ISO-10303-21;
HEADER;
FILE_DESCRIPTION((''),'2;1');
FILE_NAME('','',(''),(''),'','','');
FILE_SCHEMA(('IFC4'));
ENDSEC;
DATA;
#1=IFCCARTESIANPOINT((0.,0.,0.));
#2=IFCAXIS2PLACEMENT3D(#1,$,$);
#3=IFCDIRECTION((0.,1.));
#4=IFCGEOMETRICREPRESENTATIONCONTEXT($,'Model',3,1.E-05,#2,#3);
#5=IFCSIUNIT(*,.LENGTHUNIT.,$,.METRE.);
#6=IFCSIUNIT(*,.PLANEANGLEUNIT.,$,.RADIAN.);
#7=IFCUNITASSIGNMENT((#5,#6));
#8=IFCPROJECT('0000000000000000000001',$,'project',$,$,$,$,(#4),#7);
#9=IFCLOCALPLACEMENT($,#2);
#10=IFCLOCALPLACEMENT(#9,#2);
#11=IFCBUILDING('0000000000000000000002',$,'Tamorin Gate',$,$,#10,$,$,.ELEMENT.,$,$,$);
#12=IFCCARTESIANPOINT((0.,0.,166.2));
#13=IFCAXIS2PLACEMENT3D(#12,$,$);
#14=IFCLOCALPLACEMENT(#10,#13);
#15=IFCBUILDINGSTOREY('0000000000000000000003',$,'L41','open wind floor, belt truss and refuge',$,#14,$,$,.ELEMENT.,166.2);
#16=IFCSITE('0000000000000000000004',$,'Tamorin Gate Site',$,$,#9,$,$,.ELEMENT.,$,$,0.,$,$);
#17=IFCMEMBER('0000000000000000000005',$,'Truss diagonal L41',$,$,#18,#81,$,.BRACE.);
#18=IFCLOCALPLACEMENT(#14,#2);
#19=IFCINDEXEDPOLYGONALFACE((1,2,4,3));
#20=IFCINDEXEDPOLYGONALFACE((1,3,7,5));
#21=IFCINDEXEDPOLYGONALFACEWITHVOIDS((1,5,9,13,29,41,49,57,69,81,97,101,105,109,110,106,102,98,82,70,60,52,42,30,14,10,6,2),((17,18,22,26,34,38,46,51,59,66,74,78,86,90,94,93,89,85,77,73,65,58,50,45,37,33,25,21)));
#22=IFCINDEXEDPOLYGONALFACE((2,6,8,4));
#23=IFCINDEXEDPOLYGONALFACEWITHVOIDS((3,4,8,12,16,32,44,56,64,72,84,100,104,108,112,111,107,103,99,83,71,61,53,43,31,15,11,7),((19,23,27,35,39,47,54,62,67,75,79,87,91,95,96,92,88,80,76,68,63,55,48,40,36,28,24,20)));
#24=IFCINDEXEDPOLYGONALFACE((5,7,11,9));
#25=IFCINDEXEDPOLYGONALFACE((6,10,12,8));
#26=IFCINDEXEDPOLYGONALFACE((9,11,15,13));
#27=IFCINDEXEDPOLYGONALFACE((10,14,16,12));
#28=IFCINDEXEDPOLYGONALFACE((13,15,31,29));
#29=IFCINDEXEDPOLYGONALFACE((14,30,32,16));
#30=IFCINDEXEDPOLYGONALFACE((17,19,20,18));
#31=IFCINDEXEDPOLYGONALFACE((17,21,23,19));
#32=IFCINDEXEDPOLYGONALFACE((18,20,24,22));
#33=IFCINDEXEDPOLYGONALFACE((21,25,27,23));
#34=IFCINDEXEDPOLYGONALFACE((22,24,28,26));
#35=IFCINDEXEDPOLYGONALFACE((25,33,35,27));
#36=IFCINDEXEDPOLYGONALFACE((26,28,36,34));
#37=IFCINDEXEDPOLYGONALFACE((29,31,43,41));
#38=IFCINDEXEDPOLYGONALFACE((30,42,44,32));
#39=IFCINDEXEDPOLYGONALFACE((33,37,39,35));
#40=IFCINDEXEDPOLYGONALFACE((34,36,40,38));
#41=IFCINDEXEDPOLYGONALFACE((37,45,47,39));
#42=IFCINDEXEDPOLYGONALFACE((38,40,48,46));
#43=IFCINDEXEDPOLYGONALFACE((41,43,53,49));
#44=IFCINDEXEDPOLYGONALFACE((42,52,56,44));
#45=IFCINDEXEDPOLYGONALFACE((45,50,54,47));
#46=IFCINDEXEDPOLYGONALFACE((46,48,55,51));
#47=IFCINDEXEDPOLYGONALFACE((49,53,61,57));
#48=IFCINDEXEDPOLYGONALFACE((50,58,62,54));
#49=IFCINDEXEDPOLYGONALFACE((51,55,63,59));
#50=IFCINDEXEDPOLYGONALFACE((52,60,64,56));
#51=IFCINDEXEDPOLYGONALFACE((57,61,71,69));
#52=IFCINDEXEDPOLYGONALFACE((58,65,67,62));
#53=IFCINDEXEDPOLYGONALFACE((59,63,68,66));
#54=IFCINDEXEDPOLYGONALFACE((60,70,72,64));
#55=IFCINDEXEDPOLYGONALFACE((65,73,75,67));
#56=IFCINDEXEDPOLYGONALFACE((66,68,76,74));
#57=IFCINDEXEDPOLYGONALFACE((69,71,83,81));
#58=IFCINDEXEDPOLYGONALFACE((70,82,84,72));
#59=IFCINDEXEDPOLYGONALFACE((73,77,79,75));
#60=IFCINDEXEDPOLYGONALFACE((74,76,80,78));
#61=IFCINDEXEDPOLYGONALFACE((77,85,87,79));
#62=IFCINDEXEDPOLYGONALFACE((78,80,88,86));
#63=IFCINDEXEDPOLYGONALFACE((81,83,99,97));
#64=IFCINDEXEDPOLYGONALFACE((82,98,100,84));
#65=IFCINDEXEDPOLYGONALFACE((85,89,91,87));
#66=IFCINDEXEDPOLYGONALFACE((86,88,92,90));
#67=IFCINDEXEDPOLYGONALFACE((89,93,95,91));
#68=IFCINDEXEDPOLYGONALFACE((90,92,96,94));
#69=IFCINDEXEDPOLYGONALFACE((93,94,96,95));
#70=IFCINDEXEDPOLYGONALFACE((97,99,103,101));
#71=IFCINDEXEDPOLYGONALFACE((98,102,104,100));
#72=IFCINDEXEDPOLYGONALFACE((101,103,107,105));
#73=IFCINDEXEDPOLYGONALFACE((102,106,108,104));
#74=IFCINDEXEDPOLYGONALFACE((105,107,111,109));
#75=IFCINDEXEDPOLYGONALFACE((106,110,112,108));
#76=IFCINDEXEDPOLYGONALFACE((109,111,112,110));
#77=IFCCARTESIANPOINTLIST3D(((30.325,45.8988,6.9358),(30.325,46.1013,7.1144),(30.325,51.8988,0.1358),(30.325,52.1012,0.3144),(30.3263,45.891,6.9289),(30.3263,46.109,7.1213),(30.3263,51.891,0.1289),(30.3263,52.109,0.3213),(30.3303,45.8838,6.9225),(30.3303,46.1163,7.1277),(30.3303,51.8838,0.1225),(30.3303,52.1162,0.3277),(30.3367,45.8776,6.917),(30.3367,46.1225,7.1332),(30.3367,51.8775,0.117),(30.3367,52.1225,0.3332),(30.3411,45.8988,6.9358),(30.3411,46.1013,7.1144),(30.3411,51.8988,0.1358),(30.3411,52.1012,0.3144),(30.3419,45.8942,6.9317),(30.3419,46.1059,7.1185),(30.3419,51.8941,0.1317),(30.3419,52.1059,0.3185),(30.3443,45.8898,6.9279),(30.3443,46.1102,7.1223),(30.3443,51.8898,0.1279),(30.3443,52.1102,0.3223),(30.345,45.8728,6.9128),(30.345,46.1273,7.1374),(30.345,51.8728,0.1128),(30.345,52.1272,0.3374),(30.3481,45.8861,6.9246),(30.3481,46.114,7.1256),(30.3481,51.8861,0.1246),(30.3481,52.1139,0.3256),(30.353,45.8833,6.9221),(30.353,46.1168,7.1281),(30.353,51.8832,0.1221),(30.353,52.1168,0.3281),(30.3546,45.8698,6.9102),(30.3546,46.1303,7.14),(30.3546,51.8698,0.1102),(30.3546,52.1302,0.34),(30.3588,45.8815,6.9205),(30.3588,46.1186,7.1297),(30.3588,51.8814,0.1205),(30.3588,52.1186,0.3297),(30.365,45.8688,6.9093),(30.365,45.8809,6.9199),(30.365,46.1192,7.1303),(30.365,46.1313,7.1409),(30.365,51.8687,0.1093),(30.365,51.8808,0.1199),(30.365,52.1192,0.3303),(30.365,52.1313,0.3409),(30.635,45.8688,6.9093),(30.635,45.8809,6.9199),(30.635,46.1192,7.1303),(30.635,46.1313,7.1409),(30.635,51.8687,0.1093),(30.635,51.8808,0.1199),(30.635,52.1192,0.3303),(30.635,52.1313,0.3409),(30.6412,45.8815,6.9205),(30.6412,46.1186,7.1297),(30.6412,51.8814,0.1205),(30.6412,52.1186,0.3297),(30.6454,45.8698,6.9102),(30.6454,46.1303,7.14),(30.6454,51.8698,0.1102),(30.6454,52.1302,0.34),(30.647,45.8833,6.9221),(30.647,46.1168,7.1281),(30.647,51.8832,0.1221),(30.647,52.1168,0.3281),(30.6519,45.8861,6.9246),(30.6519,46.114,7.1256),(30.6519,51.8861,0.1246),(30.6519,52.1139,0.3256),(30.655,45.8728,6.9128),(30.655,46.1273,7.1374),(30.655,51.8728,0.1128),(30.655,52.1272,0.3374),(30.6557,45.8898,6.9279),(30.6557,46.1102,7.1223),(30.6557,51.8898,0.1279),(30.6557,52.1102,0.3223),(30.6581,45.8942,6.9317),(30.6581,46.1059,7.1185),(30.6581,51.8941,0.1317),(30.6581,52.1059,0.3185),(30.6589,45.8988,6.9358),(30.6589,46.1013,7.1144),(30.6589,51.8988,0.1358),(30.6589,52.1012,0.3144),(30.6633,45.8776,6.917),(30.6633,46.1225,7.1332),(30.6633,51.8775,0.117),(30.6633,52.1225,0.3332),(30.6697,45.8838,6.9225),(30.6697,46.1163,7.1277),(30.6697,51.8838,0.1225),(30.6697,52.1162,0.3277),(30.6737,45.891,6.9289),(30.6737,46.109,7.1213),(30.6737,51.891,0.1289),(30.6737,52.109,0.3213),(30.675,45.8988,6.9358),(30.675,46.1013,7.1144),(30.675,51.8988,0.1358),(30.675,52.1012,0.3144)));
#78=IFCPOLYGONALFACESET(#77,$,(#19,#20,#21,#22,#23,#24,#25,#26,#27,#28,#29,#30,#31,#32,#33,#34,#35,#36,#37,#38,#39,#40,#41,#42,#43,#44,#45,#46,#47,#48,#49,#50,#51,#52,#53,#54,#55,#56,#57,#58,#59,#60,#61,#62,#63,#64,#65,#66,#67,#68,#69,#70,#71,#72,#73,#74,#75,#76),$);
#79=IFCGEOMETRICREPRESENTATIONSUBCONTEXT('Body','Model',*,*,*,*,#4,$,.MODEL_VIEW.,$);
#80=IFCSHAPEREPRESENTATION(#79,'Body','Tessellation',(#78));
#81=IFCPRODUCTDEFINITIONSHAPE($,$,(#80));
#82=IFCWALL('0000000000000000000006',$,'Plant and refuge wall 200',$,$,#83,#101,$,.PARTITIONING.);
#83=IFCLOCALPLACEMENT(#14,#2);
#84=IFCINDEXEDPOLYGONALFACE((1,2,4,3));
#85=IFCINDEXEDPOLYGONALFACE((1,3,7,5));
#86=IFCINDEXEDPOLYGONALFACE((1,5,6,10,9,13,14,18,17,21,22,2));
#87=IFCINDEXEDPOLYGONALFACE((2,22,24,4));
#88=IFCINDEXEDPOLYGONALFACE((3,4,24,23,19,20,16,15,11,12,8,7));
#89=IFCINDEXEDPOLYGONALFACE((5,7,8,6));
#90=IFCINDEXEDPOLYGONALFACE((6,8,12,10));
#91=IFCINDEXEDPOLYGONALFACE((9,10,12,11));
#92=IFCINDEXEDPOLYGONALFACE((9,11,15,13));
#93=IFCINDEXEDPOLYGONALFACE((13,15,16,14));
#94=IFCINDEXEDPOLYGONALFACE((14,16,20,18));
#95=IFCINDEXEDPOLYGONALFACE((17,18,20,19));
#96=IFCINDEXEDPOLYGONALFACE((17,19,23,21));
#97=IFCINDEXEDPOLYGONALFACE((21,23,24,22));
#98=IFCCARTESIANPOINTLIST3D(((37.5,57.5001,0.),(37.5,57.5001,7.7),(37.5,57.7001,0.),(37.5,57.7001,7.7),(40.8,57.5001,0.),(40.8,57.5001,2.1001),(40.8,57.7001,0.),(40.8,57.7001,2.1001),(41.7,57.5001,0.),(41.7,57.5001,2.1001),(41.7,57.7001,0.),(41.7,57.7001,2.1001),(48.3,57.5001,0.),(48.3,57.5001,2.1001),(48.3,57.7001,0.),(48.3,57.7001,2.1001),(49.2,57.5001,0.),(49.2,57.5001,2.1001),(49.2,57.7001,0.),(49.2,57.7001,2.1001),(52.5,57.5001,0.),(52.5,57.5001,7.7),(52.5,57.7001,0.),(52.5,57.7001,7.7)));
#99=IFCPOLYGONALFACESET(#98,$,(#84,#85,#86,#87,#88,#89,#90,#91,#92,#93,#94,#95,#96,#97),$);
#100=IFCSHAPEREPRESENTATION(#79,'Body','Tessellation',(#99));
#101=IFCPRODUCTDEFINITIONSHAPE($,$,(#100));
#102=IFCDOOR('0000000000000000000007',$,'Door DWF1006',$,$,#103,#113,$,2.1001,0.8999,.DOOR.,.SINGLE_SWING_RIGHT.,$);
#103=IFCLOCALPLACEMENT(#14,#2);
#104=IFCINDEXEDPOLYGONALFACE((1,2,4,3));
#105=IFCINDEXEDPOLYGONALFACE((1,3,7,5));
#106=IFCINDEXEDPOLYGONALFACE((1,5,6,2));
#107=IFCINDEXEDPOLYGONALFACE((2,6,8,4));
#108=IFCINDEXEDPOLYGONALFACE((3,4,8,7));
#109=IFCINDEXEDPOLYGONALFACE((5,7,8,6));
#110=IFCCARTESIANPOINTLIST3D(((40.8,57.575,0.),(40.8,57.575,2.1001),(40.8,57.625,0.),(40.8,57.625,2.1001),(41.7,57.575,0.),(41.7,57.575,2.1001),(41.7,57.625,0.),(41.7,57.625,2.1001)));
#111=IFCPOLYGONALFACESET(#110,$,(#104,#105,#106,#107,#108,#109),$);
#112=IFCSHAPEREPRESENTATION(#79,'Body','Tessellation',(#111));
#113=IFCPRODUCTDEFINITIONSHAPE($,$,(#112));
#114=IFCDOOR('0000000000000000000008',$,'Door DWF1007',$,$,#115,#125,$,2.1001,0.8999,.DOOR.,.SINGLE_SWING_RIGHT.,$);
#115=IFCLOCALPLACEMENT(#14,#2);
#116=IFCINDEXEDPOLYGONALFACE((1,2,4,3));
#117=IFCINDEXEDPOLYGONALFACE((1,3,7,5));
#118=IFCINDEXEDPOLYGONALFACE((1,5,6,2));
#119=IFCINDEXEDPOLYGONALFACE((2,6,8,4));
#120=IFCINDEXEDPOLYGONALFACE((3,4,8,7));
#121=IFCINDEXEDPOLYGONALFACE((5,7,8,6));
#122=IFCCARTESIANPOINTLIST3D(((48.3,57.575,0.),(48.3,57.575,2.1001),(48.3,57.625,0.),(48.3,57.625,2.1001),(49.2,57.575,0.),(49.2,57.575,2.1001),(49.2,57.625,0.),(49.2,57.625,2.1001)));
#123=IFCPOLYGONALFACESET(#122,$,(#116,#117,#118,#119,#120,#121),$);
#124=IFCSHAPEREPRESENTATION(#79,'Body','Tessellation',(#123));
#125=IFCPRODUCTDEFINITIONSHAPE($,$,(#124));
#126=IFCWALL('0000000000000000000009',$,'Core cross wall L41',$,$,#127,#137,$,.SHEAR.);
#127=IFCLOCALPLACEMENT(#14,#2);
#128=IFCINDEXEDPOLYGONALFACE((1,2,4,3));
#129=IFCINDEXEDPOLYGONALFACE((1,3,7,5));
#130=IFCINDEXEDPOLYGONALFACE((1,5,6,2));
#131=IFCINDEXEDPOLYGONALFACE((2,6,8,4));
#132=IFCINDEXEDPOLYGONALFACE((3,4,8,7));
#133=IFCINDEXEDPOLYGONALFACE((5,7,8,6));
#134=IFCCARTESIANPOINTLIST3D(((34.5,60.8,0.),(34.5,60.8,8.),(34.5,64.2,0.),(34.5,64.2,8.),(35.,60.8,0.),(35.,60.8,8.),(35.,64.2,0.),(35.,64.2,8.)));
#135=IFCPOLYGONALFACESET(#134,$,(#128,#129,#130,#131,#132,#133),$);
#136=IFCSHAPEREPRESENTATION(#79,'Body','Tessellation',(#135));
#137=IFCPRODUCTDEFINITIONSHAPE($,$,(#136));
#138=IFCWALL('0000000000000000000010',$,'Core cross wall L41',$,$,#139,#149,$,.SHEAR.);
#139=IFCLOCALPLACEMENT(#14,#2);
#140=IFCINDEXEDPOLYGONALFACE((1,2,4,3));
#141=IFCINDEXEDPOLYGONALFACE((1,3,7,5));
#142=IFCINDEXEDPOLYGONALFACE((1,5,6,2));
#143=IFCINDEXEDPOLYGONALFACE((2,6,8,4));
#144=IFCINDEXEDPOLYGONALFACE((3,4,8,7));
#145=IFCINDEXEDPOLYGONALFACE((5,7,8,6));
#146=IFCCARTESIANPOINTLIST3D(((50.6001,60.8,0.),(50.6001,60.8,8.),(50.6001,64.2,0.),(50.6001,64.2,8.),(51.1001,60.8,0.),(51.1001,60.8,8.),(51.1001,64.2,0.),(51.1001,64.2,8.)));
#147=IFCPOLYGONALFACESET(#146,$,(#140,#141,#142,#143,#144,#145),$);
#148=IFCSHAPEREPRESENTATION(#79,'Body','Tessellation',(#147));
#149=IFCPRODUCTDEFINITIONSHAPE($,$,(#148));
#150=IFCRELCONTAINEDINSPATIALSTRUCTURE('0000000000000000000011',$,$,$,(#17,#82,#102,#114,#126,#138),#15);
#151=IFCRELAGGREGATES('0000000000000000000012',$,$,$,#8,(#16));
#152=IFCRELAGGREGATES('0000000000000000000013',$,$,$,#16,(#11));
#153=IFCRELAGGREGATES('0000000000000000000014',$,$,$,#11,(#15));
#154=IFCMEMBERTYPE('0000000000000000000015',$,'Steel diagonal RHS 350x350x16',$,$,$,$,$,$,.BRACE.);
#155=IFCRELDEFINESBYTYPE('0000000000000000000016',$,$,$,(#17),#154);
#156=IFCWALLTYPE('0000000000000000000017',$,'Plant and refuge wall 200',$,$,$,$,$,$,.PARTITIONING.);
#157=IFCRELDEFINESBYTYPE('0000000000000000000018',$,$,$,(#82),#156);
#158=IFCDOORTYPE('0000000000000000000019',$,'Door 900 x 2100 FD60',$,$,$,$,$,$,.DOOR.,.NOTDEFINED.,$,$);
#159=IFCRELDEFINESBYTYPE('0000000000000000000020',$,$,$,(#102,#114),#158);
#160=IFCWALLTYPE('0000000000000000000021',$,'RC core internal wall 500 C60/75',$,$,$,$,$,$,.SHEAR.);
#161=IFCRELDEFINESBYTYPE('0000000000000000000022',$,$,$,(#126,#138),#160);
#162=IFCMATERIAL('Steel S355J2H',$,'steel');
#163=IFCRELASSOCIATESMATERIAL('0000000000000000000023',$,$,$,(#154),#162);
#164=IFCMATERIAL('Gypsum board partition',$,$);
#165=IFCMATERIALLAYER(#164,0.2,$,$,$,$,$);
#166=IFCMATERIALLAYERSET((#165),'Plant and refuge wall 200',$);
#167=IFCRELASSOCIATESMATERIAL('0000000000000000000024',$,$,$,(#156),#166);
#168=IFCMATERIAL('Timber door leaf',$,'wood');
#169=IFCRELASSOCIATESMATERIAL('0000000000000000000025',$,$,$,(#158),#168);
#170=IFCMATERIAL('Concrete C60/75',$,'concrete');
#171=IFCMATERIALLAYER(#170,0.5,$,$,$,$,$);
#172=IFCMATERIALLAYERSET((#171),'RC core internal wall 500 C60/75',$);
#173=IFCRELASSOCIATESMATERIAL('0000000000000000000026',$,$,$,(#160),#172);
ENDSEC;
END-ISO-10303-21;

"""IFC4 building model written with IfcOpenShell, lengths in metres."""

from ifc_helpers import new_model, si_unit, direction, frame, frame_2d, origin, origin_2d, place, context, subcontext, project, spatial, rectangle, hollow_rectangle, extrude, material, layer, layer_set, material_profile, profile_set, type_object, element, fill, save


model = new_model("IFC4")

# Units and contexts
model_context = context("Model", 3, precision=1e-05, world=origin(), true_north=direction((0.0, 1.0)))
body_context = subcontext(model_context, "Body", "Model", "MODEL_VIEW")
ifc_project = project(units=[si_unit("LENGTHUNIT", "METRE"), si_unit("PLANEANGLEUNIT", "RADIAN")], contexts=[model_context])

# Site, building, storey
site_placement = place(None, origin())
site = spatial("IfcSite", under=ifc_project, at=site_placement, Name="Tamorin Gate Site", CompositionType="ELEMENT", RefElevation=0.0)
building_placement = place(site_placement, origin())
building = spatial("IfcBuilding", under=site, at=building_placement, Name="Tamorin Gate", CompositionType="ELEMENT")
storey_placement = place(building_placement, frame((0.0, 0.0, 166.2)))
storey = spatial("IfcBuildingStorey", under=building, at=storey_placement, Name="L41", Description="open wind floor, belt truss and refuge", CompositionType="ELEMENT", Elevation=166.2)

# Member
ifc_material_1 = material(Name="Steel S355J2H", Category="steel")
ifc_material_profile_1 = material_profile(ifc_material_1, hollow_rectangle(XDim=0.3501, YDim=0.3501, WallThickness=0.0161, InnerFilletRadius=0.0239, OuterFilletRadius=0.04, at=origin_2d()), Name="RHS 350x350x16")
ifc_profile_set_1 = profile_set([ifc_material_profile_1], Name="Steel S355J2H")
member_type_1 = type_object("IfcMemberType", Name="Steel diagonal RHS 350x350x16", PredefinedType="BRACE", material=ifc_profile_set_1)
member_1_placement = place(storey_placement, frame((30.5, 52.0, 0.2251), z_axis=(0.0, -0.661619, 0.74984), x_axis=(1.0, 0.0, 0.0)))
element("IfcMember", 1, at=member_1_placement, inside=storey, type_object=member_type_1, Name="Truss diagonal L41", PredefinedType="BRACE", context=body_context, shape_type="SweptSolid", body=[
    extrude(hollow_rectangle(XDim=0.3501, YDim=0.3501, WallThickness=0.0161, InnerFilletRadius=0.0239, OuterFilletRadius=0.04, at=origin_2d()), origin(), (0.0, 0.0, 1.0), 9.0686),
])

# Wall, openings, doors
ifc_material_2 = material(Name="Gypsum board partition")
ifc_layer_1 = layer(ifc_material_2, 0.2)
ifc_layer_set_1 = layer_set([ifc_layer_1], Name="Plant and refuge wall 200")
wall_type_1 = type_object("IfcWallType", Name="Plant and refuge wall 200", PredefinedType="PARTITIONING", material=ifc_layer_set_1)
wall_1_placement = place(storey_placement, frame((37.5, 57.6001, 0.0), z_axis=(0.0, 0.0, 1.0), x_axis=(1.0, 0.0, 0.0)))
wall_1 = element("IfcWall", 2, at=wall_1_placement, inside=storey, type_object=wall_type_1, Name="Plant and refuge wall 200", PredefinedType="PARTITIONING", context=body_context, shape_type="SweptSolid", body=[
    extrude(rectangle(XDim=15.0, YDim=0.2, at=frame_2d((7.5, 0.0))), origin(), (0.0, 0.0, 1.0), 7.7),
])
opening_1_placement = place(wall_1_placement, frame((3.3, 0.0, 0.0)))
opening_1 = element("IfcOpeningElement", 3, at=opening_1_placement, cuts=wall_1, PredefinedType="OPENING", context=body_context, shape_type="SweptSolid", body=[
    extrude(rectangle(XDim=0.8999, YDim=2.1001, at=frame_2d((0.45, 1.05))), frame((0.0, 0.1099, 0.0), z_axis=(0.0, -1.0, 0.0), x_axis=(1.0, 0.0, 0.0)), (0.0, 0.0, 1.0), 0.22),
])
opening_2_placement = place(wall_1_placement, frame((10.8, 0.0, 0.0)))
opening_2 = element("IfcOpeningElement", 4, at=opening_2_placement, cuts=wall_1, PredefinedType="OPENING", context=body_context, shape_type="SweptSolid", body=[
    extrude(rectangle(XDim=0.8999, YDim=2.1001, at=frame_2d((0.45, 1.05))), frame((0.0, 0.1099, 0.0), z_axis=(0.0, -1.0, 0.0), x_axis=(1.0, 0.0, 0.0)), (0.0, 0.0, 1.0), 0.22),
])
ifc_material_3 = material(Name="Timber door leaf", Category="wood")
door_type_1 = type_object("IfcDoorType", Name="Door 900 x 2100 FD60", OperationType="NOTDEFINED", PredefinedType="DOOR", material=ifc_material_3)
door_1_placement = place(opening_1_placement, origin())
door_1 = element("IfcDoor", 5, at=door_1_placement, inside=storey, type_object=door_type_1, Name="Door DWF1006", OperationType="SINGLE_SWING_RIGHT", OverallHeight=2.1001, OverallWidth=0.8999, PredefinedType="DOOR", context=body_context, shape_type="SweptSolid", body=[
    extrude(rectangle(XDim=0.8999, YDim=2.1001, at=frame_2d((0.45, 1.05))), frame((0.0, 0.0249, 0.0), z_axis=(0.0, -1.0, 0.0), x_axis=(1.0, 0.0, 0.0)), (0.0, 0.0, 1.0), 0.05),
])
fill(opening_1, door_1)
door_2_placement = place(opening_2_placement, origin())
door_2 = element("IfcDoor", 6, at=door_2_placement, inside=storey, type_object=door_type_1, Name="Door DWF1007", OperationType="SINGLE_SWING_RIGHT", OverallHeight=2.1001, OverallWidth=0.8999, PredefinedType="DOOR", context=body_context, shape_type="SweptSolid", body=[
    extrude(rectangle(XDim=0.8999, YDim=2.1001, at=frame_2d((0.45, 1.05))), frame((0.0, 0.0249, 0.0), z_axis=(0.0, -1.0, 0.0), x_axis=(1.0, 0.0, 0.0)), (0.0, 0.0, 1.0), 0.05),
])
fill(opening_2, door_2)

# Walls
ifc_material_4 = material(Name="Concrete C60/75", Category="concrete")
ifc_layer_2 = layer(ifc_material_4, 0.5)
ifc_layer_set_2 = layer_set([ifc_layer_2], Name="RC core internal wall 500 C60/75")
wall_type_2 = type_object("IfcWallType", Name="RC core internal wall 500 C60/75", PredefinedType="SHEAR", material=ifc_layer_set_2)
for number, where, z_axis, x_axis, name in (
    (7, (34.75, 60.8, 0.0), (0.0, 0.0, 1.0), (0.0, 1.0, 0.0), "Core cross wall L41"),
    (8, (50.8501, 60.8, 0.0), (0.0, 0.0, 1.0), (0.0, 1.0, 0.0), "Core cross wall L41"),
):
    element("IfcWall", number, at=place(storey_placement, frame(where, z_axis=z_axis, x_axis=x_axis)), inside=storey, type_object=wall_type_2, Name=name, PredefinedType="SHEAR", context=body_context, shape_type="SweptSolid", body=[
        extrude(rectangle(XDim=3.3999, YDim=0.5, at=frame_2d((1.7, 0.0))), origin(), (0.0, 0.0, 1.0), 8.0),
    ])

save(model, "model.ifc")
